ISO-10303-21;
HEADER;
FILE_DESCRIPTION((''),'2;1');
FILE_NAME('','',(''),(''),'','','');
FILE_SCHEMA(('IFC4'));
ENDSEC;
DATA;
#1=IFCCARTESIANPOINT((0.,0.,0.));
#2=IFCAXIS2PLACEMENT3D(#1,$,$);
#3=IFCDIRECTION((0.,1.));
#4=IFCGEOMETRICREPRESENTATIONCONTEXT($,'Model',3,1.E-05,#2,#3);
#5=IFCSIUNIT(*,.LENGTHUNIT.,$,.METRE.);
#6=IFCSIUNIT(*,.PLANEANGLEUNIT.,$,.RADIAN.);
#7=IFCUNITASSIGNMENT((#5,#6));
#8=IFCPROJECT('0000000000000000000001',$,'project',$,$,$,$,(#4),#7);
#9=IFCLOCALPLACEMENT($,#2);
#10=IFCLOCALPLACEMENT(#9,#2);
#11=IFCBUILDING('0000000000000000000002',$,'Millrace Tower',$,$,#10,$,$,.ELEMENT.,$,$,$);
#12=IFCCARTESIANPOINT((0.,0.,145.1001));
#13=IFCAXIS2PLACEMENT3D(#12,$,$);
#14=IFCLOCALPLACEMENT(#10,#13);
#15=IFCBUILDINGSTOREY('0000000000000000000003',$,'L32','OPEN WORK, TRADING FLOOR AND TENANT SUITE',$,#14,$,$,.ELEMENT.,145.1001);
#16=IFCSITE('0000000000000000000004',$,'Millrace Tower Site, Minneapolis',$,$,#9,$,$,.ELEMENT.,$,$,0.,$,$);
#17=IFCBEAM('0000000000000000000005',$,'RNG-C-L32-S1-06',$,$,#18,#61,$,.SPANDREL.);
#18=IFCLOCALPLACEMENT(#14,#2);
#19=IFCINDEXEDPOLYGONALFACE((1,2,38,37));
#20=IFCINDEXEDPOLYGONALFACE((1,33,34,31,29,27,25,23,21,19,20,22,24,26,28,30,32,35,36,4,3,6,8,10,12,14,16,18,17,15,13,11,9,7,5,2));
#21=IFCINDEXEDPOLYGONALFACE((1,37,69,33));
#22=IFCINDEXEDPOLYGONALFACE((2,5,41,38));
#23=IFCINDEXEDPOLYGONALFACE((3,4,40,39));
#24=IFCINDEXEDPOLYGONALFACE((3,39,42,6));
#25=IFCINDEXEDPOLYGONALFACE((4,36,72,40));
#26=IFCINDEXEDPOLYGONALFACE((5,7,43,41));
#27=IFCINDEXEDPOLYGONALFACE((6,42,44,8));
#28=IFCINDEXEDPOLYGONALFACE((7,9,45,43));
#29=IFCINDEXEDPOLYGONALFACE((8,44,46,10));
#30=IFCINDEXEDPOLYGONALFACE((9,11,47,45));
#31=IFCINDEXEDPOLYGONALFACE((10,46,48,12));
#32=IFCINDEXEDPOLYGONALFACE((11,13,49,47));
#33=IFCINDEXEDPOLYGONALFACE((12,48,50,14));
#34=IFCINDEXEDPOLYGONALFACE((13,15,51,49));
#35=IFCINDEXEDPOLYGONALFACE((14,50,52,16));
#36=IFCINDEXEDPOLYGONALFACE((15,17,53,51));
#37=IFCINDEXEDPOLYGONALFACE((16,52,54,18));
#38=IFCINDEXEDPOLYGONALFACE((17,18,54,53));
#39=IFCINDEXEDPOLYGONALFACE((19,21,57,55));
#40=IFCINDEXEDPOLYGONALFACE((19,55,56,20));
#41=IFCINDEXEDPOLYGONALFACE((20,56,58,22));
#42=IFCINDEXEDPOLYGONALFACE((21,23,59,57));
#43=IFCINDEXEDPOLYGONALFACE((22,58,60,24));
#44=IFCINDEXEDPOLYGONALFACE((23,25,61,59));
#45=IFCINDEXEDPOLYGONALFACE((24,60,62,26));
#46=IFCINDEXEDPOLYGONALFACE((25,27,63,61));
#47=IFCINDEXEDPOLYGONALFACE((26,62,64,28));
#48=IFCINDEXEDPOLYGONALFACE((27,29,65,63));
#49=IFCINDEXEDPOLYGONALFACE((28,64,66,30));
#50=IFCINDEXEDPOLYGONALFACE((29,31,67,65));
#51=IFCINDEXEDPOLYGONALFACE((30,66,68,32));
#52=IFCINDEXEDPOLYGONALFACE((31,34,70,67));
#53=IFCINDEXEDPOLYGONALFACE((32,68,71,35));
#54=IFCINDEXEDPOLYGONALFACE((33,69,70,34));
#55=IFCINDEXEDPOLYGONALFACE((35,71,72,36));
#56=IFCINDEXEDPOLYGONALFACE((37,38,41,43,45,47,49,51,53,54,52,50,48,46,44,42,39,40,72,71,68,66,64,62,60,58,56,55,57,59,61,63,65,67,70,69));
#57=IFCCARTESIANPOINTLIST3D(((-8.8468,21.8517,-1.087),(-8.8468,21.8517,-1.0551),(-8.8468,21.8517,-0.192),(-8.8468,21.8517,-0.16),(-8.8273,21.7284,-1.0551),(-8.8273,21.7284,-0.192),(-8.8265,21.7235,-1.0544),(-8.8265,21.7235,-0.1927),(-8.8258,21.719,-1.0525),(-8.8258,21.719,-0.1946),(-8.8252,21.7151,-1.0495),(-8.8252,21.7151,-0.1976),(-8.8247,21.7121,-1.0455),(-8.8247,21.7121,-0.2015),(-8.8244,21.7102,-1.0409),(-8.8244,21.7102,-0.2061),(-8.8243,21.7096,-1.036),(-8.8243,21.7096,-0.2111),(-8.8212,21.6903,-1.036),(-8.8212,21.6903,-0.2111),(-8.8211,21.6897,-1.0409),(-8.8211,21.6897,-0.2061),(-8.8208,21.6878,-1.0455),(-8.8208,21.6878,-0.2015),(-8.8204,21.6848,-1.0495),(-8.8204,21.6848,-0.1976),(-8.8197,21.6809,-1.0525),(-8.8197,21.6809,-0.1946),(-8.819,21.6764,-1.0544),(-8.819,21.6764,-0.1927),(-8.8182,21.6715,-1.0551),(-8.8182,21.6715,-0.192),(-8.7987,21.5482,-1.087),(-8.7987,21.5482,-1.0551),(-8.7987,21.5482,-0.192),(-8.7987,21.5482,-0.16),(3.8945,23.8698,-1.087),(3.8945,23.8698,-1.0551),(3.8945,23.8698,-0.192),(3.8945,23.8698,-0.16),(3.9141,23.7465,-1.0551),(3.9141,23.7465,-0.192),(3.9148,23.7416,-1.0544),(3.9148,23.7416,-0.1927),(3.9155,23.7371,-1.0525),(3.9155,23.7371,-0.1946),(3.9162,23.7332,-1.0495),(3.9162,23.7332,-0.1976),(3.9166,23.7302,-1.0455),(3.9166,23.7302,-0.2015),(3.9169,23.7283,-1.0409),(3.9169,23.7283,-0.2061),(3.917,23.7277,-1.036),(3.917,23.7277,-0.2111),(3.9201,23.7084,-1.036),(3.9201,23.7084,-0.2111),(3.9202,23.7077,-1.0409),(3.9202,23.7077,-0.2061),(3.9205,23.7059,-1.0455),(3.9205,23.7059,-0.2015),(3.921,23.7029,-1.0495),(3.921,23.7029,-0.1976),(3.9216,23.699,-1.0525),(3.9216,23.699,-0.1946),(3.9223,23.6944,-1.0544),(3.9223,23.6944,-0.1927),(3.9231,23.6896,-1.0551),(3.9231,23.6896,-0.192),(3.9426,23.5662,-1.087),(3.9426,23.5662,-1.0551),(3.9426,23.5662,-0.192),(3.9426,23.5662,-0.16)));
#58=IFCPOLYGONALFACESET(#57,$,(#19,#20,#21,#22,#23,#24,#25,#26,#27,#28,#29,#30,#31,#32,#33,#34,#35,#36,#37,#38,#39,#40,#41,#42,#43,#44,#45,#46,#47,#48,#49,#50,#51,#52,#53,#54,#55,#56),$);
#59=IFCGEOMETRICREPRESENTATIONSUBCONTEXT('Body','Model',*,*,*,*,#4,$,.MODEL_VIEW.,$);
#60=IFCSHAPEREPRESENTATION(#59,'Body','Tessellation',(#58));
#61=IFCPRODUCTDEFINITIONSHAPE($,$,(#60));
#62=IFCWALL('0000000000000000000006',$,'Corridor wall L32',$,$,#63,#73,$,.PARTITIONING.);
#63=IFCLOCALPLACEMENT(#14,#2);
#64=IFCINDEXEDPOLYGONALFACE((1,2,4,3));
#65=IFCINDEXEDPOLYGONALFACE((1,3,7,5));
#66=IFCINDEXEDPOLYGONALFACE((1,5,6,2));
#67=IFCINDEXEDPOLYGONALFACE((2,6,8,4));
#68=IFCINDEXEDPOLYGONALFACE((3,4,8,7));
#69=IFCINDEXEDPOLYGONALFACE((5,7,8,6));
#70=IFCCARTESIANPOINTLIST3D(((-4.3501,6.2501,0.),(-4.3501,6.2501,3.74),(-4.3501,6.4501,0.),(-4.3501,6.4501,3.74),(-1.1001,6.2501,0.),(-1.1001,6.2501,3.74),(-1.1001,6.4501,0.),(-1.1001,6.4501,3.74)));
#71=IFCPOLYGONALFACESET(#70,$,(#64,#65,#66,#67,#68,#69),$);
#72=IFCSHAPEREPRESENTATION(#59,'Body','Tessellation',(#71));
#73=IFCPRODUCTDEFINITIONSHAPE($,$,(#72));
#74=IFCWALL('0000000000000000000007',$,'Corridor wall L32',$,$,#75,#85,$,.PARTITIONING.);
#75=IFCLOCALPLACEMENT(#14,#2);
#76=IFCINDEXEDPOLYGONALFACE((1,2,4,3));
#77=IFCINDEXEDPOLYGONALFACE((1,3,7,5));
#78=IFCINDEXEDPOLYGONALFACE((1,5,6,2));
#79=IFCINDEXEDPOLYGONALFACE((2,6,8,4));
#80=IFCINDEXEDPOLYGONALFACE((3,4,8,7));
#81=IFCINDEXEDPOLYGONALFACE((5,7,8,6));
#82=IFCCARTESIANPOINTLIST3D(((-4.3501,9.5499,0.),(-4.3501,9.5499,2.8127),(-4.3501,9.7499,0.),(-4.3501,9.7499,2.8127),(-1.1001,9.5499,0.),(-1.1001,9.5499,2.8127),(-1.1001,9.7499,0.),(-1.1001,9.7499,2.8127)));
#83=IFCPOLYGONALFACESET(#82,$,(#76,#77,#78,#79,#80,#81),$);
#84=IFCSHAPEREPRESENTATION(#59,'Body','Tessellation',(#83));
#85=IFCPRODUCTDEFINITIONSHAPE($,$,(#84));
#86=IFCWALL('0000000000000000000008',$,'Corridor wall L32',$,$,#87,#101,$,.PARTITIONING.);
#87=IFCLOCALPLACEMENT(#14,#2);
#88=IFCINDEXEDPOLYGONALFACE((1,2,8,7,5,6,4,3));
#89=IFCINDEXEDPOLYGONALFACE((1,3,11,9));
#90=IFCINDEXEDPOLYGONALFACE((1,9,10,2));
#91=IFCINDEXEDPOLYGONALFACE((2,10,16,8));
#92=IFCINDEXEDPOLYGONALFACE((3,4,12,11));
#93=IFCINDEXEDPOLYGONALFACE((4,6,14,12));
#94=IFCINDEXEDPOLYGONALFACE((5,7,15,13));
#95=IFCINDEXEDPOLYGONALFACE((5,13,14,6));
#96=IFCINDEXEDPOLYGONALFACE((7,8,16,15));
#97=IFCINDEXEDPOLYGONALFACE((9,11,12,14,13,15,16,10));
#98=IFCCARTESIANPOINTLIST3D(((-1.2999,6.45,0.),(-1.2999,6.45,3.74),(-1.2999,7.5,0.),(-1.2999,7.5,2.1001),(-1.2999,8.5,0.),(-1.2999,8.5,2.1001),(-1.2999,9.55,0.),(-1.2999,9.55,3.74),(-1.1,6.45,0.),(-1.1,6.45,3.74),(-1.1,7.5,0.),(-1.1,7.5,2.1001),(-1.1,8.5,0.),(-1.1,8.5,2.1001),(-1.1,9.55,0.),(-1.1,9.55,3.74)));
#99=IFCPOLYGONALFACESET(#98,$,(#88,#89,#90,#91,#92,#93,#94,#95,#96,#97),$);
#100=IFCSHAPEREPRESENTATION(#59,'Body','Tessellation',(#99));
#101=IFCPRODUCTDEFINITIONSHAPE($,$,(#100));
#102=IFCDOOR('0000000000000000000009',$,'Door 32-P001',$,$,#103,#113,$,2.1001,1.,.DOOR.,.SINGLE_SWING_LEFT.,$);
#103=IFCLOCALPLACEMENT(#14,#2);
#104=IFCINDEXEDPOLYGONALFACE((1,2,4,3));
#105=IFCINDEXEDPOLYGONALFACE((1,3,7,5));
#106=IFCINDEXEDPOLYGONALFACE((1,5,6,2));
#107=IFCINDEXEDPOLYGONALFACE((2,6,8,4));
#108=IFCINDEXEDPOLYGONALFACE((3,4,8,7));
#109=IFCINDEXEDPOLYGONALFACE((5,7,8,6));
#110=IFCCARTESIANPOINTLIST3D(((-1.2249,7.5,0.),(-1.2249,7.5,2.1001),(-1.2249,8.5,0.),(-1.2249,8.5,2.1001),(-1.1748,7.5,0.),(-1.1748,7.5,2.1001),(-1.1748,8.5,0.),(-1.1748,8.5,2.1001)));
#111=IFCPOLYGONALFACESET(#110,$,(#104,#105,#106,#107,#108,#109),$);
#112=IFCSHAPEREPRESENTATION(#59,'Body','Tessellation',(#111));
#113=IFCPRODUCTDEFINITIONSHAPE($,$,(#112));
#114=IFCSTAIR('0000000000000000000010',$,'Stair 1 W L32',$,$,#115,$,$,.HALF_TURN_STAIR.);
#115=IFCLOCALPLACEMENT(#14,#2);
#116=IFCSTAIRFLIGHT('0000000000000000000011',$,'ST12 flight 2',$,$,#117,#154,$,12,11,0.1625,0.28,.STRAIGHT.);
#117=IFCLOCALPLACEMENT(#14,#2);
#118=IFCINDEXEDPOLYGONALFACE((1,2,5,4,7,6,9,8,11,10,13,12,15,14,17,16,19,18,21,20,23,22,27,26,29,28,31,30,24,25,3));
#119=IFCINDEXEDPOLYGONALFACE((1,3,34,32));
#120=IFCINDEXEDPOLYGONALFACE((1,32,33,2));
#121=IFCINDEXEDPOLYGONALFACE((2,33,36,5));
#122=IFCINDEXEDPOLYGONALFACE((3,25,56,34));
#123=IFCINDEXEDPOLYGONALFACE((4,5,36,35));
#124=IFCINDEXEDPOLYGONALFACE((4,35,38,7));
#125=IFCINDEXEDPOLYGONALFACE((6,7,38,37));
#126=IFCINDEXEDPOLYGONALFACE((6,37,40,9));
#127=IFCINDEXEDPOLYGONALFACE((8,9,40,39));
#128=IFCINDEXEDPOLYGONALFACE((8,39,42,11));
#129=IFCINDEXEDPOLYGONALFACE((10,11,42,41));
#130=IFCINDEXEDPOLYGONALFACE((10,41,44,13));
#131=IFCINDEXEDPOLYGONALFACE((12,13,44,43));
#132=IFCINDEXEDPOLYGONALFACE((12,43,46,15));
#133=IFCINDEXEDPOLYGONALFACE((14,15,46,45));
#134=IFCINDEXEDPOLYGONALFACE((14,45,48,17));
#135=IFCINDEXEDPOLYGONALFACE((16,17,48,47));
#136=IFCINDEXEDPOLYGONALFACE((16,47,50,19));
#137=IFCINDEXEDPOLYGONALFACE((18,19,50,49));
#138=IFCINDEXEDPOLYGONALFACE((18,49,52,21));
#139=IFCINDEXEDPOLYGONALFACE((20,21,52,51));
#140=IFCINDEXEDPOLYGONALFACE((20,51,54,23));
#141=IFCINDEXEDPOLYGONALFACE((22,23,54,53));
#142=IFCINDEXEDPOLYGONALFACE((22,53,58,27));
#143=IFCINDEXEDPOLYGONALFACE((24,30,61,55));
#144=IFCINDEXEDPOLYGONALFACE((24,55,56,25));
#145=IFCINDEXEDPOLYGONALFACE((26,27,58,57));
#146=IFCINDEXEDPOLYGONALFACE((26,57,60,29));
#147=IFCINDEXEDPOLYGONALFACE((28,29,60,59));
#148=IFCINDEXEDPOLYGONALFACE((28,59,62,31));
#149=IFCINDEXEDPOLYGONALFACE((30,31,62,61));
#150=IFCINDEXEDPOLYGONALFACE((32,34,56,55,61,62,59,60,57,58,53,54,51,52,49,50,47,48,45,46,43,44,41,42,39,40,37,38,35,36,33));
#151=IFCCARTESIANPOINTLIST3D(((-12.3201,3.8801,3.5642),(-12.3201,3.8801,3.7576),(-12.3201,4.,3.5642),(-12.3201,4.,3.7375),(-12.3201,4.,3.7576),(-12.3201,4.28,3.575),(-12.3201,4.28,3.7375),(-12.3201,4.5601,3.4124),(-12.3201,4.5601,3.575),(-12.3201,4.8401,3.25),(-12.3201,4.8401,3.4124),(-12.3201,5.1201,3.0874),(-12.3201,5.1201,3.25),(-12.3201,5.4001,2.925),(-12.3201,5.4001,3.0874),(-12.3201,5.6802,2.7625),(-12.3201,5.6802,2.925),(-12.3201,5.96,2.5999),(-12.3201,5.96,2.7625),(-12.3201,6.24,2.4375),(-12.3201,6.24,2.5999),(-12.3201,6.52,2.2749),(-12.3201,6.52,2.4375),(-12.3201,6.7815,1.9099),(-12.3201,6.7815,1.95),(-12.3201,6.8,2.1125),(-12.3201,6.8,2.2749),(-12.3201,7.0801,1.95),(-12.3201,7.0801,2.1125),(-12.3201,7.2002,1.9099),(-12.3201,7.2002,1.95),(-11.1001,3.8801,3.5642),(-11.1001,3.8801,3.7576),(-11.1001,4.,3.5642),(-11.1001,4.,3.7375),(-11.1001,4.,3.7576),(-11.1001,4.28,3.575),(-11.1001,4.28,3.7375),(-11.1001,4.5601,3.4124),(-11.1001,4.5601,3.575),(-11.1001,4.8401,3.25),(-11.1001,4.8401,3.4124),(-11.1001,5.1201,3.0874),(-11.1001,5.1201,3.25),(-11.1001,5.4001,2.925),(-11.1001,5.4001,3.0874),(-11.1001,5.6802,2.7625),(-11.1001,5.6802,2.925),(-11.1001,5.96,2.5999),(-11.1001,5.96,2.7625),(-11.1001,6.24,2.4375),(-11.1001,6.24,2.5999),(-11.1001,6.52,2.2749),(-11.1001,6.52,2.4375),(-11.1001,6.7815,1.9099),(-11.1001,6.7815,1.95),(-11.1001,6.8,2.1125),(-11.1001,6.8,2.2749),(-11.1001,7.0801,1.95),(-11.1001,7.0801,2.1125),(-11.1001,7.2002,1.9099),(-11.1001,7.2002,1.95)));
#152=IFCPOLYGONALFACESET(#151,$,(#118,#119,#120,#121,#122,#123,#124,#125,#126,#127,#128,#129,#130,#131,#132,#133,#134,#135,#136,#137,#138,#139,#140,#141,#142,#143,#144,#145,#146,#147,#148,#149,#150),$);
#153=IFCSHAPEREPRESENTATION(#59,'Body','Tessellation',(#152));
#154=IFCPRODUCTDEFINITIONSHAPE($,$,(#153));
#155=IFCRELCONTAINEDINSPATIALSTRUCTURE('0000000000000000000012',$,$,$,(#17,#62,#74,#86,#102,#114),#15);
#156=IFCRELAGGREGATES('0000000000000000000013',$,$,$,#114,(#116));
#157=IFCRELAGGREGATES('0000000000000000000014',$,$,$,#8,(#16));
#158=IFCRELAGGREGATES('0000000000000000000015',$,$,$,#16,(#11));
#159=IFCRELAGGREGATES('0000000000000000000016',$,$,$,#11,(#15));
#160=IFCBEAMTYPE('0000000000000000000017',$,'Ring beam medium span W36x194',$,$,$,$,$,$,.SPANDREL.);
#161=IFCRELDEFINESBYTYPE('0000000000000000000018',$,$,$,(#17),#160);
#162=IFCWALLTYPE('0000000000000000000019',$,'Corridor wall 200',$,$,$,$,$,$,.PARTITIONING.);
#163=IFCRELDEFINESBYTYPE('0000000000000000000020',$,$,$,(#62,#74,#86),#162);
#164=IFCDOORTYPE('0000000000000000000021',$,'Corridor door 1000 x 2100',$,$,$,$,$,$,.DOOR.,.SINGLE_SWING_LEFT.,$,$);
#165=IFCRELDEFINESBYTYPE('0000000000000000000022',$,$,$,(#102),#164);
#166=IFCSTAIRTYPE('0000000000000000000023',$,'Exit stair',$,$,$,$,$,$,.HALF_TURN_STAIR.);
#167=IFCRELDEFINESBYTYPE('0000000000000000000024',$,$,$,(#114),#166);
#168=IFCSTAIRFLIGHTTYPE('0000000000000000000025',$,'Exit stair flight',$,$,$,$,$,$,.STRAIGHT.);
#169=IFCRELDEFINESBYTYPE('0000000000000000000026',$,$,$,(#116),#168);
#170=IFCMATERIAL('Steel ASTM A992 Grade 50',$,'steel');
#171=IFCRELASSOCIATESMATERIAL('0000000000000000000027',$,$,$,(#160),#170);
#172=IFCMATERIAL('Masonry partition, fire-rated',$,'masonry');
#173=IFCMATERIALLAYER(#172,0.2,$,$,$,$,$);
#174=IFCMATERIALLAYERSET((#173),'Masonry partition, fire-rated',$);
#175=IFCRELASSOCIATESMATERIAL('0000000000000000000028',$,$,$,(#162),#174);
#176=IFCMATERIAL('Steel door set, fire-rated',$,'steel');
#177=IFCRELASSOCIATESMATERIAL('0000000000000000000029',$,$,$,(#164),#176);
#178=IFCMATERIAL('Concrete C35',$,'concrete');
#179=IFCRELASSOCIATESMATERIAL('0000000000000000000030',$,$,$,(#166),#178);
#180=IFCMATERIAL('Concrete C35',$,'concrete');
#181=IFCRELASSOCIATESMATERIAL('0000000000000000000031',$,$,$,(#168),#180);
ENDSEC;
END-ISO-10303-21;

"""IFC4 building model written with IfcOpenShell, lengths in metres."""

from ifc_helpers import new_model, si_unit, direction, frame, frame_2d, origin, origin_2d, place, context, subcontext, project, spatial, polyline, rectangle, i_section, outline, extrude, material, layer, layer_set, material_profile, profile_set, type_object, element, fill, aggregate, save


model = new_model("IFC4")

# Units and contexts
model_context = context("Model", 3, precision=1e-05, world=origin(), true_north=direction((0.0, 1.0)))
body_context = subcontext(model_context, "Body", "Model", "MODEL_VIEW")
ifc_project = project(units=[si_unit("LENGTHUNIT", "METRE"), si_unit("PLANEANGLEUNIT", "RADIAN")], contexts=[model_context])

# Site, building, storey
site_placement = place(None, origin())
site = spatial("IfcSite", under=ifc_project, at=site_placement, Name="Millrace Tower Site, Minneapolis", CompositionType="ELEMENT", RefElevation=0.0)
building_placement = place(site_placement, origin())
building = spatial("IfcBuilding", under=site, at=building_placement, Name="Millrace Tower", CompositionType="ELEMENT")
storey_placement = place(building_placement, frame((0.0, 0.0, 145.1001)))
storey = spatial("IfcBuildingStorey", under=building, at=storey_placement, Name="L32", Description="OPEN WORK, TRADING FLOOR AND TENANT SUITE", CompositionType="ELEMENT", Elevation=145.1001)

# Shared definitions
placement = place(storey_placement, origin())

# Beam
ifc_material_1 = material(Name="Steel ASTM A992 Grade 50", Category="steel")
ifc_material_profile_1 = material_profile(ifc_material_1, i_section(OverallWidth=0.3074, OverallDepth=0.927, WebThickness=0.0195, FlangeThickness=0.032, FilletRadius=0.019, at=origin_2d()))
ifc_profile_set_1 = profile_set([ifc_material_profile_1], Name="Steel ASTM A992 Grade 50")
beam_type_1 = type_object("IfcBeamType", Name="Ring beam medium span W36x194", PredefinedType="SPANDREL", material=ifc_profile_set_1)
beam_1_placement = place(storey_placement, frame((-8.8228, 21.7, -0.6235), z_axis=(0.987688, 0.156439, 0.0), x_axis=(-0.156439, 0.987688, 0.0)))
element("IfcBeam", 1, at=beam_1_placement, inside=storey, type_object=beam_type_1, Name="RNG-C-L32-S1-06", PredefinedType="SPANDREL", context=body_context, shape_type="SweptSolid", body=[
    extrude(i_section(OverallWidth=0.3074, OverallDepth=0.927, WebThickness=0.0195, FlangeThickness=0.032, FilletRadius=0.019, at=origin_2d()), origin(), (0.0, 0.0, 1.0), 12.9001),
])

# Walls
ifc_material_2 = material(Name="Masonry partition, fire-rated", Category="masonry")
ifc_layer_1 = layer(ifc_material_2, 0.2)
ifc_layer_set_1 = layer_set([ifc_layer_1], Name="Masonry partition, fire-rated")
wall_type = type_object("IfcWallType", Name="Corridor wall 200", PredefinedType="PARTITIONING", material=ifc_layer_set_1)
wall_1_placement = place(storey_placement, frame((-4.3501, 6.3501, 0.0), z_axis=(0.0, 0.0, 1.0), x_axis=(1.0, 0.0, 0.0)))
element("IfcWall", 2, at=wall_1_placement, inside=storey, type_object=wall_type, Name="Corridor wall L32", PredefinedType="PARTITIONING", context=body_context, shape_type="SweptSolid", body=[
    extrude(rectangle(XDim=3.25, YDim=0.2, at=frame_2d((1.625, 0.0))), origin(), (0.0, 0.0, 1.0), 3.74),
])
wall_2_placement = place(storey_placement, frame((-4.3501, 9.6499, 0.0), z_axis=(0.0, 0.0, 1.0), x_axis=(1.0, 0.0, 0.0)))
element("IfcWall", 3, at=wall_2_placement, inside=storey, type_object=wall_type, Name="Corridor wall L32", PredefinedType="PARTITIONING", context=body_context, shape_type="SweptSolid", body=[
    extrude(rectangle(XDim=3.25, YDim=0.2, at=frame_2d((1.625, 0.0))), origin(), (0.0, 0.0, 1.0), 2.8127),
])

# Wall, opening, door
wall_3_placement = place(storey_placement, frame((-1.2, 6.45, 0.0), z_axis=(0.0, 0.0, 1.0), x_axis=(0.0, 1.0, 0.0)))
wall_3 = element("IfcWall", 4, at=wall_3_placement, inside=storey, type_object=wall_type, Name="Corridor wall L32", PredefinedType="PARTITIONING", context=body_context, shape_type="SweptSolid", body=[
    extrude(rectangle(XDim=3.1001, YDim=0.2, at=frame_2d((1.55, 0.0))), origin(), (0.0, 0.0, 1.0), 3.74),
])
opening_placement = place(wall_3_placement, frame((1.05, 0.0, 0.0)))
opening = element("IfcOpeningElement", 5, at=opening_placement, cuts=wall_3, PredefinedType="OPENING", context=body_context, shape_type="SweptSolid", body=[
    extrude(rectangle(XDim=1.0, YDim=2.1001, at=frame_2d((0.5, 1.05))), frame((0.0, 0.1099, 0.0), z_axis=(0.0, -1.0, 0.0), x_axis=(1.0, 0.0, 0.0)), (0.0, 0.0, 1.0), 0.22),
])
ifc_material_3 = material(Name="Steel door set, fire-rated", Category="steel")
door_type = type_object("IfcDoorType", Name="Corridor door 1000 x 2100", OperationType="SINGLE_SWING_LEFT", PredefinedType="DOOR", material=ifc_material_3)
door_placement = place(opening_placement, origin())
door = element("IfcDoor", 6, at=door_placement, inside=storey, type_object=door_type, Name="Door 32-P001", OperationType="SINGLE_SWING_LEFT", OverallHeight=2.1001, OverallWidth=1.0, PredefinedType="DOOR", context=body_context, shape_type="SweptSolid", body=[
    extrude(rectangle(XDim=1.0, YDim=2.1001, at=frame_2d((0.5, 1.05))), frame((0.0, 0.0249, 0.0), z_axis=(0.0, -1.0, 0.0), x_axis=(1.0, 0.0, 0.0)), (0.0, 0.0, 1.0), 0.05),
])
fill(opening, door)

# Stair, stair flight
ifc_material_4 = material(Name="Concrete C35", Category="concrete")
stair_type = type_object("IfcStairType", Name="Exit stair", PredefinedType="HALF_TURN_STAIR", material=ifc_material_4)
stair_1 = element("IfcStair", 7, at=placement, inside=storey, type_object=stair_type, Name="Stair 1 W L32", PredefinedType="HALF_TURN_STAIR")
ifc_material_5 = material(Name="Concrete C35", Category="concrete")
stair_flight_type = type_object("IfcStairFlightType", Name="Exit stair flight", PredefinedType="STRAIGHT", material=ifc_material_5)
stair_flight_1_placement = place(storey_placement, frame((-11.71, 7.0801, 1.95), z_axis=(0.0, 0.0, 1.0), x_axis=(0.0, -1.0, 0.0)))
stair_flight_1 = element("IfcStairFlight", 8, at=stair_flight_1_placement, type_object=stair_flight_type, Name="ST12 flight 2", NumberOfRisers=12, NumberOfTreads=11, PredefinedType="STRAIGHT", RiserHeight=0.1625, TreadLength=0.28, context=body_context, shape_type="SweptSolid", body=[
    extrude(outline(polyline([(-0.1201, -0.04), (-0.1201, 0.0), (0.0, 0.0), (0.0, 0.1626), (0.28, 0.1626), (0.28, 0.325), (0.5601, 0.325), (0.5601, 0.4875), (0.8401, 0.4875), (0.8401, 0.6499), (1.1201, 0.6499), (1.1201, 0.8125), (1.3999, 0.8125), (1.3999, 0.9751), (1.6799, 0.9751), (1.6799, 1.1375), (1.96, 1.1375), (1.96, 1.3), (2.24, 1.3), (2.24, 1.4624), (2.52, 1.4624), (2.52, 1.625), (2.8, 1.625), (2.8, 1.7876), (3.0801, 1.7876), (3.0801, 1.8076), (3.2, 1.8076), (3.2, 1.6143), (3.0801, 1.6143), (0.2986, 0.0), (0.2986, -0.04), (-0.1201, -0.04)])), frame((0.0, 0.6099, 0.0), z_axis=(0.0, -1.0, 0.0), x_axis=(1.0, 0.0, 0.0)), (0.0, 0.0, 1.0), 1.22),
])
aggregate(stair_1, [stair_flight_1])

save(model, "model.ifc")
